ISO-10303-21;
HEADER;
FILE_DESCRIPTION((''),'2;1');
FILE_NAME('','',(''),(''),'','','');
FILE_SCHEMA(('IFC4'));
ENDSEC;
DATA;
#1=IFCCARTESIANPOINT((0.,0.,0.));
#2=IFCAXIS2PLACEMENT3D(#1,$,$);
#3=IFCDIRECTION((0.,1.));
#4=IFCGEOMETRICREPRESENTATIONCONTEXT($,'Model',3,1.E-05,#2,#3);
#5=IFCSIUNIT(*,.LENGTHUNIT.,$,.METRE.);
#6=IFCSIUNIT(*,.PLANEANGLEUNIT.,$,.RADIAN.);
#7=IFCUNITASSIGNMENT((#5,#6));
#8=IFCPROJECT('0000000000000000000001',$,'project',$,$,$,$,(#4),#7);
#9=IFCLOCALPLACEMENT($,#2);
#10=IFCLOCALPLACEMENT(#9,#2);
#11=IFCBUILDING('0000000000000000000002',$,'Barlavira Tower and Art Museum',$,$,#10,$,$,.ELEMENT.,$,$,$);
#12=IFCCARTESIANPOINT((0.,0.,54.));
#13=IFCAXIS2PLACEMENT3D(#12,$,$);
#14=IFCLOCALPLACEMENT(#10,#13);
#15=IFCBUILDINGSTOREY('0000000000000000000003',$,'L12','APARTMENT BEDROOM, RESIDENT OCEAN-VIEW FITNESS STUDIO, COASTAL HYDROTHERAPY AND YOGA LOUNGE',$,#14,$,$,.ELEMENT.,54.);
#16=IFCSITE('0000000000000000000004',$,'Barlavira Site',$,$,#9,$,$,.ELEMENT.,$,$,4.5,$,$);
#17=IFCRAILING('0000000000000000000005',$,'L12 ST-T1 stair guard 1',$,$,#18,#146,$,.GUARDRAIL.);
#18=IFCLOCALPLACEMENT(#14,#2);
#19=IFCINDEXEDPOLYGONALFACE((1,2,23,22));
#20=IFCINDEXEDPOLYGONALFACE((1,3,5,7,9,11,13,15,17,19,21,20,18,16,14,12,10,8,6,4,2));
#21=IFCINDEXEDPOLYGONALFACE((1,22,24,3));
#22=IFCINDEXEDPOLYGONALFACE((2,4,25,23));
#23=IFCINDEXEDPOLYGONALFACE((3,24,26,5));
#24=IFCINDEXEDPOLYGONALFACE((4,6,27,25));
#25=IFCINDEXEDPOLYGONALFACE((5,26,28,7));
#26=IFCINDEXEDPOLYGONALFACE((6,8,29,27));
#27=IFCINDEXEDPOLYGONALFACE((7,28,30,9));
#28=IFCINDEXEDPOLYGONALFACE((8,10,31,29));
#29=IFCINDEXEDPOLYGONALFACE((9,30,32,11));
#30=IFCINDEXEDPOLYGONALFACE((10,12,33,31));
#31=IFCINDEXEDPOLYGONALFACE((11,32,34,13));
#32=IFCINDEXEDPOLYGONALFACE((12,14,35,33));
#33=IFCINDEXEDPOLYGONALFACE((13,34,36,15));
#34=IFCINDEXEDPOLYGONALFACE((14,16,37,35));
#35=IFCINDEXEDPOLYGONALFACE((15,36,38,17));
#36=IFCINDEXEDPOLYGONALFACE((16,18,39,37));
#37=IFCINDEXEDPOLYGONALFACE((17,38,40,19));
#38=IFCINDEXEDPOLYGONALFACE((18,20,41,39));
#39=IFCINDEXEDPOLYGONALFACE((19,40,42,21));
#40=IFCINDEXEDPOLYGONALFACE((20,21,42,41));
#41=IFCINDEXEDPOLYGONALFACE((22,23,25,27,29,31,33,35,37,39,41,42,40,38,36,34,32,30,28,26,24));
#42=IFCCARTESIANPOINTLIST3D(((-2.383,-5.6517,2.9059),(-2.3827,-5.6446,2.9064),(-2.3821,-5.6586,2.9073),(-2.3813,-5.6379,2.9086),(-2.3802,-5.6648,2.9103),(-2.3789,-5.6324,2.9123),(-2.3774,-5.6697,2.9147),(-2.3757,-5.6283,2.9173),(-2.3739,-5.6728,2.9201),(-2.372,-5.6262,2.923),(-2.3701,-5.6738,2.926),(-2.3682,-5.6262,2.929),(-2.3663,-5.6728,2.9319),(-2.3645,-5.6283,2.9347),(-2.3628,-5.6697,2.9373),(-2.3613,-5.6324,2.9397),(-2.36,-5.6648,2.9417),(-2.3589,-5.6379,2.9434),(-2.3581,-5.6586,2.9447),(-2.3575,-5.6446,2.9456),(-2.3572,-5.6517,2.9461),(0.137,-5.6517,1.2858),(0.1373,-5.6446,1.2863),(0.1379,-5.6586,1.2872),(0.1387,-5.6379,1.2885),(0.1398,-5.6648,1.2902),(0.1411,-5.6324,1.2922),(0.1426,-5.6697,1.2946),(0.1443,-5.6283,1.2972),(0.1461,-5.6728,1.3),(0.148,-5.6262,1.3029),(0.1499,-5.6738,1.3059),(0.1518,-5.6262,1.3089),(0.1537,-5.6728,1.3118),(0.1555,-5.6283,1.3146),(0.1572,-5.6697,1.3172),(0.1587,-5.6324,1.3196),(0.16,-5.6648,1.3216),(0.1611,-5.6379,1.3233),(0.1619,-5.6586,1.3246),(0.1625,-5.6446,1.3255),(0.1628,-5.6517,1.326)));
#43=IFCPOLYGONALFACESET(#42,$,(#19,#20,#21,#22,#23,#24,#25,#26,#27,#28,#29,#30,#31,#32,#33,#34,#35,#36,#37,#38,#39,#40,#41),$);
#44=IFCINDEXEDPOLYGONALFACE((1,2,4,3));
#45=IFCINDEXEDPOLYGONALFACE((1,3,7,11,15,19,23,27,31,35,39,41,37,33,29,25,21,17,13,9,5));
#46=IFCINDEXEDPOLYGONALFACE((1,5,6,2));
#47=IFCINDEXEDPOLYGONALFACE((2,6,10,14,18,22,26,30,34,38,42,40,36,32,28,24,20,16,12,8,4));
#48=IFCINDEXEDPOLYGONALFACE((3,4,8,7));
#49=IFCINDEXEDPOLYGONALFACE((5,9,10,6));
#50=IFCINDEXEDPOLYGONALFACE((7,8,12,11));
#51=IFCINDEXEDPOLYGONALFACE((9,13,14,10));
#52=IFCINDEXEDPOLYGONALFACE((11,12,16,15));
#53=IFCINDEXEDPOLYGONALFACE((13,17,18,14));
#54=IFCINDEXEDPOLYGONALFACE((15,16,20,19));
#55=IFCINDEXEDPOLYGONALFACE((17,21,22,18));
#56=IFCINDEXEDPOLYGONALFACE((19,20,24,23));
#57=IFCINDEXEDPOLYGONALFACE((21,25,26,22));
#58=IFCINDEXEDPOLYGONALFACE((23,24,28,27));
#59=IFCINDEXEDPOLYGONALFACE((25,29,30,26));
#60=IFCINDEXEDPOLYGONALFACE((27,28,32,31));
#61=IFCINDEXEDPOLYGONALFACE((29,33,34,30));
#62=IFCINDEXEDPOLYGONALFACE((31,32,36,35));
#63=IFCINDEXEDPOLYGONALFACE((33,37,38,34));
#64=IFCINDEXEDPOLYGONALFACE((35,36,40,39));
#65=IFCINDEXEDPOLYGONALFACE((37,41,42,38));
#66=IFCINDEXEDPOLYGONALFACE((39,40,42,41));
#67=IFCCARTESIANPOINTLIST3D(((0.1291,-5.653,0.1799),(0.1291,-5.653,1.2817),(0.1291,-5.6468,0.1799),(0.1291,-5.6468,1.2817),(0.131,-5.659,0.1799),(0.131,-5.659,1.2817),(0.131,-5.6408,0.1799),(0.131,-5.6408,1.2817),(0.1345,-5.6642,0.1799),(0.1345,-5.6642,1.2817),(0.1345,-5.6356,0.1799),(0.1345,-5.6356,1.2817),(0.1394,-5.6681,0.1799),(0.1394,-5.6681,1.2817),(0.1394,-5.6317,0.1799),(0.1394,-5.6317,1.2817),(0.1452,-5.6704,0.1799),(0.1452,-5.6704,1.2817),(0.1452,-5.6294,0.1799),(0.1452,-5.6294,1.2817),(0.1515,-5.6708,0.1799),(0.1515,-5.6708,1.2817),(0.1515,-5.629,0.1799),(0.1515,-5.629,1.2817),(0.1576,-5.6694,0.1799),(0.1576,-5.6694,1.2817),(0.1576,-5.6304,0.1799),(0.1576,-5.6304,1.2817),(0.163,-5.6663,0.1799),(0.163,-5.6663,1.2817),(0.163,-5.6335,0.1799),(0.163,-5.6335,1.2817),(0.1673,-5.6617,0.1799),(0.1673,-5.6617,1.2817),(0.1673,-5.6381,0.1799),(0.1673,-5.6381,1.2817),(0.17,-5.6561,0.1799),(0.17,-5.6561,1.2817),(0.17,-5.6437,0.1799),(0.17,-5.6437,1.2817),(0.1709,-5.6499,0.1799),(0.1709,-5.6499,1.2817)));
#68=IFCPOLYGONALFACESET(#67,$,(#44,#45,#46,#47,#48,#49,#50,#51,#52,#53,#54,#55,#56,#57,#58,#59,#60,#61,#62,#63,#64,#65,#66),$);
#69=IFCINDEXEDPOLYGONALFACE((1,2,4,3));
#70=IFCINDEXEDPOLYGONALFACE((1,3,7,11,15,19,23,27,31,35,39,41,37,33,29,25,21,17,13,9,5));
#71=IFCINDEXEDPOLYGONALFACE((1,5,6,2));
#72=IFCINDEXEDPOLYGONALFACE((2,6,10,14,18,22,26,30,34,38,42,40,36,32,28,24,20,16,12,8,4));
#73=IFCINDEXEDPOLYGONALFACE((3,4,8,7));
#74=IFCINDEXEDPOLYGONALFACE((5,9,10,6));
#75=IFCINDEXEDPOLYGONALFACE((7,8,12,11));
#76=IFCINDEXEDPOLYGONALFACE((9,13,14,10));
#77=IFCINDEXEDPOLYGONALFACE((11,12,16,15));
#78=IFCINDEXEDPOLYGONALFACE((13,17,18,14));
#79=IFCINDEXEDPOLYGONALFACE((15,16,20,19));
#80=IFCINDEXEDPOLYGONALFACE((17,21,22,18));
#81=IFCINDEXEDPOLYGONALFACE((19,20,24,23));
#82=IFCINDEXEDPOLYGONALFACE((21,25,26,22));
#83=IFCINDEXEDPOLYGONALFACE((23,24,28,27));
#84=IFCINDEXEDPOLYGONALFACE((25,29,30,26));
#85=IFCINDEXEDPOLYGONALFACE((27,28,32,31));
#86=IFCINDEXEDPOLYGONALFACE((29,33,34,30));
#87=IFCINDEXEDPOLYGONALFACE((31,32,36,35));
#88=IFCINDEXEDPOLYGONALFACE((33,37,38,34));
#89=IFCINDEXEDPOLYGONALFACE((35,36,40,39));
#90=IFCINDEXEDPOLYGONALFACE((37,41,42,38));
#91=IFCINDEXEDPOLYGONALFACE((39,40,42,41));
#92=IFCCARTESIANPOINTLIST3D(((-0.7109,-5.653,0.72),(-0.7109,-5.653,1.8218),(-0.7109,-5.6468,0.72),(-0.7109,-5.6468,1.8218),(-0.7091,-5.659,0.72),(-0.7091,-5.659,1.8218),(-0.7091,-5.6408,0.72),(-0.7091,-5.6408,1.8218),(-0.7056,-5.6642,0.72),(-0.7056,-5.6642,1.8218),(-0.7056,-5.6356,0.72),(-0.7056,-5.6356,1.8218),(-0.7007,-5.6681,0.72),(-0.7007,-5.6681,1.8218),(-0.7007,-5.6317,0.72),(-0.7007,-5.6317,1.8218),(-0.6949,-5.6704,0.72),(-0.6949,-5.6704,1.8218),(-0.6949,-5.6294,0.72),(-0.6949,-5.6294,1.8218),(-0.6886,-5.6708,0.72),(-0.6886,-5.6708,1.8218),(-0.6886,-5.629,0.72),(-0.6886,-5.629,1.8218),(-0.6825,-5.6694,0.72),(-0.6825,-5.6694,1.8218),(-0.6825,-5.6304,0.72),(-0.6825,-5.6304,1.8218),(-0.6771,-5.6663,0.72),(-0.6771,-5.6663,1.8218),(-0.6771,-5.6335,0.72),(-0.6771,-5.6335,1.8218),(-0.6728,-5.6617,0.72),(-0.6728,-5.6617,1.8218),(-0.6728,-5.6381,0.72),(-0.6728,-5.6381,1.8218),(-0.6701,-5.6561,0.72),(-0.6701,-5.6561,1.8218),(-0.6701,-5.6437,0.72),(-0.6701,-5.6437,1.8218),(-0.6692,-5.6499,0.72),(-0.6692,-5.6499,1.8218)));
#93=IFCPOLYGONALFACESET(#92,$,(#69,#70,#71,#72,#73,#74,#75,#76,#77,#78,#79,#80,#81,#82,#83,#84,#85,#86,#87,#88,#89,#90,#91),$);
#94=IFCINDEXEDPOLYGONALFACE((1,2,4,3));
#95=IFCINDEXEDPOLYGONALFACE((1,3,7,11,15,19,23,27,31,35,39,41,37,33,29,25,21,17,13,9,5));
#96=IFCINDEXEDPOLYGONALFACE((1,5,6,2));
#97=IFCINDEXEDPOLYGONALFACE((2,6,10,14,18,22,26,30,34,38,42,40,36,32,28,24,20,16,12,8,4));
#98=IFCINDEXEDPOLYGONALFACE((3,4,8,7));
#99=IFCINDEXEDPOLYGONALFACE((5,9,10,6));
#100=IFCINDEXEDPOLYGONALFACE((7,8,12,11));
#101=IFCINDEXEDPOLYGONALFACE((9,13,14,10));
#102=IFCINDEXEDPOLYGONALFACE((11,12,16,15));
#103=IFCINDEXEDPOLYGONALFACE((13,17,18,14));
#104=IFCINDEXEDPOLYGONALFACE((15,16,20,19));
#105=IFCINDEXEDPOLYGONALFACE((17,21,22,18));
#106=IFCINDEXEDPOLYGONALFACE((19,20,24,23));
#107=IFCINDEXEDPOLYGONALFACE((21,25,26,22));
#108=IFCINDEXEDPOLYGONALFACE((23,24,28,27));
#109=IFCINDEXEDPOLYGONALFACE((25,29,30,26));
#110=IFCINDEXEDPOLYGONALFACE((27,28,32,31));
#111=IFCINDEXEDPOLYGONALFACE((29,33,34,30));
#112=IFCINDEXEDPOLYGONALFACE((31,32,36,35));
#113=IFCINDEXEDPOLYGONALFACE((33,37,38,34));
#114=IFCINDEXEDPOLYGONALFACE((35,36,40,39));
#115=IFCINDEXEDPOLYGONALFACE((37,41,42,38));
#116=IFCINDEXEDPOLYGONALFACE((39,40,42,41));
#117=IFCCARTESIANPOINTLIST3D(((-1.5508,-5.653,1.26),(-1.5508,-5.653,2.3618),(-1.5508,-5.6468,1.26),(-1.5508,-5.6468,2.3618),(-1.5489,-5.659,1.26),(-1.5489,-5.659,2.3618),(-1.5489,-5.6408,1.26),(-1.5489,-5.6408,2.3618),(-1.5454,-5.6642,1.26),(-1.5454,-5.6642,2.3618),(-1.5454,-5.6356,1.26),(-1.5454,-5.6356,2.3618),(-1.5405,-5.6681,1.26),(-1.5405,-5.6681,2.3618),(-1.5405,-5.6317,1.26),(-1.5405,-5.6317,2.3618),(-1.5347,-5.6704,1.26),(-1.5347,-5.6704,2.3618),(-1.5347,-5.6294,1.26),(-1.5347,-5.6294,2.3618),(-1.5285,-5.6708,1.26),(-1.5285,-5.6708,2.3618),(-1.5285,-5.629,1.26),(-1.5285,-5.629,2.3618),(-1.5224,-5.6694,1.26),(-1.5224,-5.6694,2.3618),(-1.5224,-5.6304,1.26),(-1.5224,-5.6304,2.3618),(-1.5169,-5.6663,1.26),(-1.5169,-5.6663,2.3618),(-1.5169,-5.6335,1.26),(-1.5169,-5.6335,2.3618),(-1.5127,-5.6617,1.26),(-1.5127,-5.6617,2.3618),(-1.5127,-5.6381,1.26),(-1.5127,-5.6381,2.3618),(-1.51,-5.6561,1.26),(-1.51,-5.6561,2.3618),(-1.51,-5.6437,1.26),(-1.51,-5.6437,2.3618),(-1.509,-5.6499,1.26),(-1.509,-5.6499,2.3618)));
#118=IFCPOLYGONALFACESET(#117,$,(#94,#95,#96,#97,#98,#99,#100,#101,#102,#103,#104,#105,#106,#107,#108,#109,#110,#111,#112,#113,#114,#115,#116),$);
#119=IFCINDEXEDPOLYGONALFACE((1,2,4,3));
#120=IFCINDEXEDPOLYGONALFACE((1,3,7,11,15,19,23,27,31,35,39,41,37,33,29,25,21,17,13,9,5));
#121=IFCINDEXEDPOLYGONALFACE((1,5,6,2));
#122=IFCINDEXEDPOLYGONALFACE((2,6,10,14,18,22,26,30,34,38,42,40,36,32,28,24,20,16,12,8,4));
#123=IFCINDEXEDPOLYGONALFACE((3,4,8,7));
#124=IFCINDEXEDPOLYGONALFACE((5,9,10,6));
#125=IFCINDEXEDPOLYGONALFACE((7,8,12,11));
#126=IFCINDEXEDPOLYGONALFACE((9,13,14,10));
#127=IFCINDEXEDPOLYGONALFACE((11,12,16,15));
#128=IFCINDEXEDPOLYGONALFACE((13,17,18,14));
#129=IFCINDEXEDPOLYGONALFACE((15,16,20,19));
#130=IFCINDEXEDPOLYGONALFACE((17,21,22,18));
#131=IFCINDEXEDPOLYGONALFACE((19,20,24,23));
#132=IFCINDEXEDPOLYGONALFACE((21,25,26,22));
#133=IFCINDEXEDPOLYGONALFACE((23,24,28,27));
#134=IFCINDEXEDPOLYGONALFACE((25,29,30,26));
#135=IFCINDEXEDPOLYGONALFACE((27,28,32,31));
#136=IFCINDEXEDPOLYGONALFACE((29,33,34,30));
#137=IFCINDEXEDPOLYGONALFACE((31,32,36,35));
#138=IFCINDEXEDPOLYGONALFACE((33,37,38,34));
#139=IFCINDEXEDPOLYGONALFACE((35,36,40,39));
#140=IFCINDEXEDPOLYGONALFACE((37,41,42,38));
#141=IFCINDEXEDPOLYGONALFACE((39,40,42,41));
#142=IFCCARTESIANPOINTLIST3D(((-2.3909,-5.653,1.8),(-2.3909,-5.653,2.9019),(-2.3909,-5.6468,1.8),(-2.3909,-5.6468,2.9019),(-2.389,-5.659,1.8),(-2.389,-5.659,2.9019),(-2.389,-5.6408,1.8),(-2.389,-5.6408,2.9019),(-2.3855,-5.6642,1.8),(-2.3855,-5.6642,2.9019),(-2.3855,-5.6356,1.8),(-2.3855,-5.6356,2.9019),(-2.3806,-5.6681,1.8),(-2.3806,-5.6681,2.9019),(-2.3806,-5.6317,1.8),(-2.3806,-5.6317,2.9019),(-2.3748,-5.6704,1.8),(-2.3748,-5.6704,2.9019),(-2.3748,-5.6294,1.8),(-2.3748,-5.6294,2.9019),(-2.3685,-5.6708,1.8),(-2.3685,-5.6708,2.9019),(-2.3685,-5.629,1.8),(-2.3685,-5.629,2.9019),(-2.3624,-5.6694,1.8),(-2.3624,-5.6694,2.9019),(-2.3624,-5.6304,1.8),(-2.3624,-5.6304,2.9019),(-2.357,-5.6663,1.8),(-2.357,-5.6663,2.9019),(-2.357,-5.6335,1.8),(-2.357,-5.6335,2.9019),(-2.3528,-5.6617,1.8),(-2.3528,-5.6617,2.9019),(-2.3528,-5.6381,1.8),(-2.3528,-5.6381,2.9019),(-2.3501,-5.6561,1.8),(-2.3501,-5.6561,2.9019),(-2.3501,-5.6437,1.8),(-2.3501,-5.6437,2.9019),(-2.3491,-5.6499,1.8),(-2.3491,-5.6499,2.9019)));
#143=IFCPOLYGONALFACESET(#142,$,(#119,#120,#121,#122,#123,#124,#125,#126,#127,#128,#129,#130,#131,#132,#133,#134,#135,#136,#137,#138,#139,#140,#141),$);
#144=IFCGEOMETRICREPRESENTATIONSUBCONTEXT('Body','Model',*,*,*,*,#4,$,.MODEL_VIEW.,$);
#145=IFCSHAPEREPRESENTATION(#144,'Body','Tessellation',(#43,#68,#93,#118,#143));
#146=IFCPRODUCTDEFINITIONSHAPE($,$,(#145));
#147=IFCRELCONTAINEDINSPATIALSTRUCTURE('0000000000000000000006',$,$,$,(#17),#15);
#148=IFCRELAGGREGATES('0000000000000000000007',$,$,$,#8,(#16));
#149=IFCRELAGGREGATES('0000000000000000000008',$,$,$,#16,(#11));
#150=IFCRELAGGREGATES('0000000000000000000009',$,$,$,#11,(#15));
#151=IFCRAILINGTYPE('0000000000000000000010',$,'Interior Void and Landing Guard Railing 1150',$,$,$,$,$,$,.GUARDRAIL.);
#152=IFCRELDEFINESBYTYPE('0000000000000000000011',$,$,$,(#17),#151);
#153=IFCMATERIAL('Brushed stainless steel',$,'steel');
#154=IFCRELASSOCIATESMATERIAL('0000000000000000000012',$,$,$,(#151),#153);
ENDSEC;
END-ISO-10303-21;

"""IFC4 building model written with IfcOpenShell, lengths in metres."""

from ifc_helpers import new_model, si_unit, direction, frame, origin, origin_2d, place, context, subcontext, project, spatial, circle, extrude, material, type_object, element, save


model = new_model("IFC4")

# Units and contexts
model_context = context("Model", 3, precision=1e-05, world=origin(), true_north=direction((0.0, 1.0)))
body_context = subcontext(model_context, "Body", "Model", "MODEL_VIEW")
ifc_project = project(units=[si_unit("LENGTHUNIT", "METRE"), si_unit("PLANEANGLEUNIT", "RADIAN")], contexts=[model_context])

# Site, building, storey
site_placement = place(None, origin())
site = spatial("IfcSite", under=ifc_project, at=site_placement, Name="Barlavira Site", CompositionType="ELEMENT", RefElevation=4.5)
building_placement = place(site_placement, origin())
building = spatial("IfcBuilding", under=site, at=building_placement, Name="Barlavira Tower and Art Museum", CompositionType="ELEMENT")
storey_placement = place(building_placement, frame((0.0, 0.0, 54.0)))
storey = spatial("IfcBuildingStorey", under=building, at=storey_placement, Name="L12", Description="APARTMENT BEDROOM, RESIDENT OCEAN-VIEW FITNESS STUDIO, COASTAL HYDROTHERAPY AND YOGA LOUNGE", CompositionType="ELEMENT", Elevation=54.0)

# Shared definitions
ifc_material_1 = material(Name="Brushed stainless steel", Category="steel")

# Railing
railing_type_1 = type_object("IfcRailingType", Name="Interior Void and Landing Guard Railing 1150", PredefinedType="GUARDRAIL", material=ifc_material_1)
railing_1_placement = place(storey_placement, frame((0.1499, -5.6499, 0.1799)))
element("IfcRailing", 1, at=railing_1_placement, inside=storey, type_object=railing_type_1, Name="L12 ST-T1 stair guard 1", PredefinedType="GUARDRAIL", context=body_context, shape_type="SweptSolid", body=[
    extrude(circle(Radius=0.0239, at=origin_2d()), frame((0.0, 0.0, 1.126), z_axis=(-0.841163, 0.0, 0.540782), x_axis=(0.0, -1.0, 0.0)), (0.0, 0.0, 1.0), 2.9958),
    extrude(circle(Radius=0.021, at=origin_2d()), origin(), (0.0, 0.0, 1.0), 1.1018),
    extrude(circle(Radius=0.021, at=origin_2d()), frame((-0.8401, 0.0, 0.54)), (0.0, 0.0, 1.0), 1.1018),
    extrude(circle(Radius=0.021, at=origin_2d()), frame((-1.6799, 0.0, 1.0801)), (0.0, 0.0, 1.0), 1.1018),
    extrude(circle(Radius=0.021, at=origin_2d()), frame((-2.52, 0.0, 1.6201)), (0.0, 0.0, 1.0), 1.1018),
])

save(model, "model.ifc")
